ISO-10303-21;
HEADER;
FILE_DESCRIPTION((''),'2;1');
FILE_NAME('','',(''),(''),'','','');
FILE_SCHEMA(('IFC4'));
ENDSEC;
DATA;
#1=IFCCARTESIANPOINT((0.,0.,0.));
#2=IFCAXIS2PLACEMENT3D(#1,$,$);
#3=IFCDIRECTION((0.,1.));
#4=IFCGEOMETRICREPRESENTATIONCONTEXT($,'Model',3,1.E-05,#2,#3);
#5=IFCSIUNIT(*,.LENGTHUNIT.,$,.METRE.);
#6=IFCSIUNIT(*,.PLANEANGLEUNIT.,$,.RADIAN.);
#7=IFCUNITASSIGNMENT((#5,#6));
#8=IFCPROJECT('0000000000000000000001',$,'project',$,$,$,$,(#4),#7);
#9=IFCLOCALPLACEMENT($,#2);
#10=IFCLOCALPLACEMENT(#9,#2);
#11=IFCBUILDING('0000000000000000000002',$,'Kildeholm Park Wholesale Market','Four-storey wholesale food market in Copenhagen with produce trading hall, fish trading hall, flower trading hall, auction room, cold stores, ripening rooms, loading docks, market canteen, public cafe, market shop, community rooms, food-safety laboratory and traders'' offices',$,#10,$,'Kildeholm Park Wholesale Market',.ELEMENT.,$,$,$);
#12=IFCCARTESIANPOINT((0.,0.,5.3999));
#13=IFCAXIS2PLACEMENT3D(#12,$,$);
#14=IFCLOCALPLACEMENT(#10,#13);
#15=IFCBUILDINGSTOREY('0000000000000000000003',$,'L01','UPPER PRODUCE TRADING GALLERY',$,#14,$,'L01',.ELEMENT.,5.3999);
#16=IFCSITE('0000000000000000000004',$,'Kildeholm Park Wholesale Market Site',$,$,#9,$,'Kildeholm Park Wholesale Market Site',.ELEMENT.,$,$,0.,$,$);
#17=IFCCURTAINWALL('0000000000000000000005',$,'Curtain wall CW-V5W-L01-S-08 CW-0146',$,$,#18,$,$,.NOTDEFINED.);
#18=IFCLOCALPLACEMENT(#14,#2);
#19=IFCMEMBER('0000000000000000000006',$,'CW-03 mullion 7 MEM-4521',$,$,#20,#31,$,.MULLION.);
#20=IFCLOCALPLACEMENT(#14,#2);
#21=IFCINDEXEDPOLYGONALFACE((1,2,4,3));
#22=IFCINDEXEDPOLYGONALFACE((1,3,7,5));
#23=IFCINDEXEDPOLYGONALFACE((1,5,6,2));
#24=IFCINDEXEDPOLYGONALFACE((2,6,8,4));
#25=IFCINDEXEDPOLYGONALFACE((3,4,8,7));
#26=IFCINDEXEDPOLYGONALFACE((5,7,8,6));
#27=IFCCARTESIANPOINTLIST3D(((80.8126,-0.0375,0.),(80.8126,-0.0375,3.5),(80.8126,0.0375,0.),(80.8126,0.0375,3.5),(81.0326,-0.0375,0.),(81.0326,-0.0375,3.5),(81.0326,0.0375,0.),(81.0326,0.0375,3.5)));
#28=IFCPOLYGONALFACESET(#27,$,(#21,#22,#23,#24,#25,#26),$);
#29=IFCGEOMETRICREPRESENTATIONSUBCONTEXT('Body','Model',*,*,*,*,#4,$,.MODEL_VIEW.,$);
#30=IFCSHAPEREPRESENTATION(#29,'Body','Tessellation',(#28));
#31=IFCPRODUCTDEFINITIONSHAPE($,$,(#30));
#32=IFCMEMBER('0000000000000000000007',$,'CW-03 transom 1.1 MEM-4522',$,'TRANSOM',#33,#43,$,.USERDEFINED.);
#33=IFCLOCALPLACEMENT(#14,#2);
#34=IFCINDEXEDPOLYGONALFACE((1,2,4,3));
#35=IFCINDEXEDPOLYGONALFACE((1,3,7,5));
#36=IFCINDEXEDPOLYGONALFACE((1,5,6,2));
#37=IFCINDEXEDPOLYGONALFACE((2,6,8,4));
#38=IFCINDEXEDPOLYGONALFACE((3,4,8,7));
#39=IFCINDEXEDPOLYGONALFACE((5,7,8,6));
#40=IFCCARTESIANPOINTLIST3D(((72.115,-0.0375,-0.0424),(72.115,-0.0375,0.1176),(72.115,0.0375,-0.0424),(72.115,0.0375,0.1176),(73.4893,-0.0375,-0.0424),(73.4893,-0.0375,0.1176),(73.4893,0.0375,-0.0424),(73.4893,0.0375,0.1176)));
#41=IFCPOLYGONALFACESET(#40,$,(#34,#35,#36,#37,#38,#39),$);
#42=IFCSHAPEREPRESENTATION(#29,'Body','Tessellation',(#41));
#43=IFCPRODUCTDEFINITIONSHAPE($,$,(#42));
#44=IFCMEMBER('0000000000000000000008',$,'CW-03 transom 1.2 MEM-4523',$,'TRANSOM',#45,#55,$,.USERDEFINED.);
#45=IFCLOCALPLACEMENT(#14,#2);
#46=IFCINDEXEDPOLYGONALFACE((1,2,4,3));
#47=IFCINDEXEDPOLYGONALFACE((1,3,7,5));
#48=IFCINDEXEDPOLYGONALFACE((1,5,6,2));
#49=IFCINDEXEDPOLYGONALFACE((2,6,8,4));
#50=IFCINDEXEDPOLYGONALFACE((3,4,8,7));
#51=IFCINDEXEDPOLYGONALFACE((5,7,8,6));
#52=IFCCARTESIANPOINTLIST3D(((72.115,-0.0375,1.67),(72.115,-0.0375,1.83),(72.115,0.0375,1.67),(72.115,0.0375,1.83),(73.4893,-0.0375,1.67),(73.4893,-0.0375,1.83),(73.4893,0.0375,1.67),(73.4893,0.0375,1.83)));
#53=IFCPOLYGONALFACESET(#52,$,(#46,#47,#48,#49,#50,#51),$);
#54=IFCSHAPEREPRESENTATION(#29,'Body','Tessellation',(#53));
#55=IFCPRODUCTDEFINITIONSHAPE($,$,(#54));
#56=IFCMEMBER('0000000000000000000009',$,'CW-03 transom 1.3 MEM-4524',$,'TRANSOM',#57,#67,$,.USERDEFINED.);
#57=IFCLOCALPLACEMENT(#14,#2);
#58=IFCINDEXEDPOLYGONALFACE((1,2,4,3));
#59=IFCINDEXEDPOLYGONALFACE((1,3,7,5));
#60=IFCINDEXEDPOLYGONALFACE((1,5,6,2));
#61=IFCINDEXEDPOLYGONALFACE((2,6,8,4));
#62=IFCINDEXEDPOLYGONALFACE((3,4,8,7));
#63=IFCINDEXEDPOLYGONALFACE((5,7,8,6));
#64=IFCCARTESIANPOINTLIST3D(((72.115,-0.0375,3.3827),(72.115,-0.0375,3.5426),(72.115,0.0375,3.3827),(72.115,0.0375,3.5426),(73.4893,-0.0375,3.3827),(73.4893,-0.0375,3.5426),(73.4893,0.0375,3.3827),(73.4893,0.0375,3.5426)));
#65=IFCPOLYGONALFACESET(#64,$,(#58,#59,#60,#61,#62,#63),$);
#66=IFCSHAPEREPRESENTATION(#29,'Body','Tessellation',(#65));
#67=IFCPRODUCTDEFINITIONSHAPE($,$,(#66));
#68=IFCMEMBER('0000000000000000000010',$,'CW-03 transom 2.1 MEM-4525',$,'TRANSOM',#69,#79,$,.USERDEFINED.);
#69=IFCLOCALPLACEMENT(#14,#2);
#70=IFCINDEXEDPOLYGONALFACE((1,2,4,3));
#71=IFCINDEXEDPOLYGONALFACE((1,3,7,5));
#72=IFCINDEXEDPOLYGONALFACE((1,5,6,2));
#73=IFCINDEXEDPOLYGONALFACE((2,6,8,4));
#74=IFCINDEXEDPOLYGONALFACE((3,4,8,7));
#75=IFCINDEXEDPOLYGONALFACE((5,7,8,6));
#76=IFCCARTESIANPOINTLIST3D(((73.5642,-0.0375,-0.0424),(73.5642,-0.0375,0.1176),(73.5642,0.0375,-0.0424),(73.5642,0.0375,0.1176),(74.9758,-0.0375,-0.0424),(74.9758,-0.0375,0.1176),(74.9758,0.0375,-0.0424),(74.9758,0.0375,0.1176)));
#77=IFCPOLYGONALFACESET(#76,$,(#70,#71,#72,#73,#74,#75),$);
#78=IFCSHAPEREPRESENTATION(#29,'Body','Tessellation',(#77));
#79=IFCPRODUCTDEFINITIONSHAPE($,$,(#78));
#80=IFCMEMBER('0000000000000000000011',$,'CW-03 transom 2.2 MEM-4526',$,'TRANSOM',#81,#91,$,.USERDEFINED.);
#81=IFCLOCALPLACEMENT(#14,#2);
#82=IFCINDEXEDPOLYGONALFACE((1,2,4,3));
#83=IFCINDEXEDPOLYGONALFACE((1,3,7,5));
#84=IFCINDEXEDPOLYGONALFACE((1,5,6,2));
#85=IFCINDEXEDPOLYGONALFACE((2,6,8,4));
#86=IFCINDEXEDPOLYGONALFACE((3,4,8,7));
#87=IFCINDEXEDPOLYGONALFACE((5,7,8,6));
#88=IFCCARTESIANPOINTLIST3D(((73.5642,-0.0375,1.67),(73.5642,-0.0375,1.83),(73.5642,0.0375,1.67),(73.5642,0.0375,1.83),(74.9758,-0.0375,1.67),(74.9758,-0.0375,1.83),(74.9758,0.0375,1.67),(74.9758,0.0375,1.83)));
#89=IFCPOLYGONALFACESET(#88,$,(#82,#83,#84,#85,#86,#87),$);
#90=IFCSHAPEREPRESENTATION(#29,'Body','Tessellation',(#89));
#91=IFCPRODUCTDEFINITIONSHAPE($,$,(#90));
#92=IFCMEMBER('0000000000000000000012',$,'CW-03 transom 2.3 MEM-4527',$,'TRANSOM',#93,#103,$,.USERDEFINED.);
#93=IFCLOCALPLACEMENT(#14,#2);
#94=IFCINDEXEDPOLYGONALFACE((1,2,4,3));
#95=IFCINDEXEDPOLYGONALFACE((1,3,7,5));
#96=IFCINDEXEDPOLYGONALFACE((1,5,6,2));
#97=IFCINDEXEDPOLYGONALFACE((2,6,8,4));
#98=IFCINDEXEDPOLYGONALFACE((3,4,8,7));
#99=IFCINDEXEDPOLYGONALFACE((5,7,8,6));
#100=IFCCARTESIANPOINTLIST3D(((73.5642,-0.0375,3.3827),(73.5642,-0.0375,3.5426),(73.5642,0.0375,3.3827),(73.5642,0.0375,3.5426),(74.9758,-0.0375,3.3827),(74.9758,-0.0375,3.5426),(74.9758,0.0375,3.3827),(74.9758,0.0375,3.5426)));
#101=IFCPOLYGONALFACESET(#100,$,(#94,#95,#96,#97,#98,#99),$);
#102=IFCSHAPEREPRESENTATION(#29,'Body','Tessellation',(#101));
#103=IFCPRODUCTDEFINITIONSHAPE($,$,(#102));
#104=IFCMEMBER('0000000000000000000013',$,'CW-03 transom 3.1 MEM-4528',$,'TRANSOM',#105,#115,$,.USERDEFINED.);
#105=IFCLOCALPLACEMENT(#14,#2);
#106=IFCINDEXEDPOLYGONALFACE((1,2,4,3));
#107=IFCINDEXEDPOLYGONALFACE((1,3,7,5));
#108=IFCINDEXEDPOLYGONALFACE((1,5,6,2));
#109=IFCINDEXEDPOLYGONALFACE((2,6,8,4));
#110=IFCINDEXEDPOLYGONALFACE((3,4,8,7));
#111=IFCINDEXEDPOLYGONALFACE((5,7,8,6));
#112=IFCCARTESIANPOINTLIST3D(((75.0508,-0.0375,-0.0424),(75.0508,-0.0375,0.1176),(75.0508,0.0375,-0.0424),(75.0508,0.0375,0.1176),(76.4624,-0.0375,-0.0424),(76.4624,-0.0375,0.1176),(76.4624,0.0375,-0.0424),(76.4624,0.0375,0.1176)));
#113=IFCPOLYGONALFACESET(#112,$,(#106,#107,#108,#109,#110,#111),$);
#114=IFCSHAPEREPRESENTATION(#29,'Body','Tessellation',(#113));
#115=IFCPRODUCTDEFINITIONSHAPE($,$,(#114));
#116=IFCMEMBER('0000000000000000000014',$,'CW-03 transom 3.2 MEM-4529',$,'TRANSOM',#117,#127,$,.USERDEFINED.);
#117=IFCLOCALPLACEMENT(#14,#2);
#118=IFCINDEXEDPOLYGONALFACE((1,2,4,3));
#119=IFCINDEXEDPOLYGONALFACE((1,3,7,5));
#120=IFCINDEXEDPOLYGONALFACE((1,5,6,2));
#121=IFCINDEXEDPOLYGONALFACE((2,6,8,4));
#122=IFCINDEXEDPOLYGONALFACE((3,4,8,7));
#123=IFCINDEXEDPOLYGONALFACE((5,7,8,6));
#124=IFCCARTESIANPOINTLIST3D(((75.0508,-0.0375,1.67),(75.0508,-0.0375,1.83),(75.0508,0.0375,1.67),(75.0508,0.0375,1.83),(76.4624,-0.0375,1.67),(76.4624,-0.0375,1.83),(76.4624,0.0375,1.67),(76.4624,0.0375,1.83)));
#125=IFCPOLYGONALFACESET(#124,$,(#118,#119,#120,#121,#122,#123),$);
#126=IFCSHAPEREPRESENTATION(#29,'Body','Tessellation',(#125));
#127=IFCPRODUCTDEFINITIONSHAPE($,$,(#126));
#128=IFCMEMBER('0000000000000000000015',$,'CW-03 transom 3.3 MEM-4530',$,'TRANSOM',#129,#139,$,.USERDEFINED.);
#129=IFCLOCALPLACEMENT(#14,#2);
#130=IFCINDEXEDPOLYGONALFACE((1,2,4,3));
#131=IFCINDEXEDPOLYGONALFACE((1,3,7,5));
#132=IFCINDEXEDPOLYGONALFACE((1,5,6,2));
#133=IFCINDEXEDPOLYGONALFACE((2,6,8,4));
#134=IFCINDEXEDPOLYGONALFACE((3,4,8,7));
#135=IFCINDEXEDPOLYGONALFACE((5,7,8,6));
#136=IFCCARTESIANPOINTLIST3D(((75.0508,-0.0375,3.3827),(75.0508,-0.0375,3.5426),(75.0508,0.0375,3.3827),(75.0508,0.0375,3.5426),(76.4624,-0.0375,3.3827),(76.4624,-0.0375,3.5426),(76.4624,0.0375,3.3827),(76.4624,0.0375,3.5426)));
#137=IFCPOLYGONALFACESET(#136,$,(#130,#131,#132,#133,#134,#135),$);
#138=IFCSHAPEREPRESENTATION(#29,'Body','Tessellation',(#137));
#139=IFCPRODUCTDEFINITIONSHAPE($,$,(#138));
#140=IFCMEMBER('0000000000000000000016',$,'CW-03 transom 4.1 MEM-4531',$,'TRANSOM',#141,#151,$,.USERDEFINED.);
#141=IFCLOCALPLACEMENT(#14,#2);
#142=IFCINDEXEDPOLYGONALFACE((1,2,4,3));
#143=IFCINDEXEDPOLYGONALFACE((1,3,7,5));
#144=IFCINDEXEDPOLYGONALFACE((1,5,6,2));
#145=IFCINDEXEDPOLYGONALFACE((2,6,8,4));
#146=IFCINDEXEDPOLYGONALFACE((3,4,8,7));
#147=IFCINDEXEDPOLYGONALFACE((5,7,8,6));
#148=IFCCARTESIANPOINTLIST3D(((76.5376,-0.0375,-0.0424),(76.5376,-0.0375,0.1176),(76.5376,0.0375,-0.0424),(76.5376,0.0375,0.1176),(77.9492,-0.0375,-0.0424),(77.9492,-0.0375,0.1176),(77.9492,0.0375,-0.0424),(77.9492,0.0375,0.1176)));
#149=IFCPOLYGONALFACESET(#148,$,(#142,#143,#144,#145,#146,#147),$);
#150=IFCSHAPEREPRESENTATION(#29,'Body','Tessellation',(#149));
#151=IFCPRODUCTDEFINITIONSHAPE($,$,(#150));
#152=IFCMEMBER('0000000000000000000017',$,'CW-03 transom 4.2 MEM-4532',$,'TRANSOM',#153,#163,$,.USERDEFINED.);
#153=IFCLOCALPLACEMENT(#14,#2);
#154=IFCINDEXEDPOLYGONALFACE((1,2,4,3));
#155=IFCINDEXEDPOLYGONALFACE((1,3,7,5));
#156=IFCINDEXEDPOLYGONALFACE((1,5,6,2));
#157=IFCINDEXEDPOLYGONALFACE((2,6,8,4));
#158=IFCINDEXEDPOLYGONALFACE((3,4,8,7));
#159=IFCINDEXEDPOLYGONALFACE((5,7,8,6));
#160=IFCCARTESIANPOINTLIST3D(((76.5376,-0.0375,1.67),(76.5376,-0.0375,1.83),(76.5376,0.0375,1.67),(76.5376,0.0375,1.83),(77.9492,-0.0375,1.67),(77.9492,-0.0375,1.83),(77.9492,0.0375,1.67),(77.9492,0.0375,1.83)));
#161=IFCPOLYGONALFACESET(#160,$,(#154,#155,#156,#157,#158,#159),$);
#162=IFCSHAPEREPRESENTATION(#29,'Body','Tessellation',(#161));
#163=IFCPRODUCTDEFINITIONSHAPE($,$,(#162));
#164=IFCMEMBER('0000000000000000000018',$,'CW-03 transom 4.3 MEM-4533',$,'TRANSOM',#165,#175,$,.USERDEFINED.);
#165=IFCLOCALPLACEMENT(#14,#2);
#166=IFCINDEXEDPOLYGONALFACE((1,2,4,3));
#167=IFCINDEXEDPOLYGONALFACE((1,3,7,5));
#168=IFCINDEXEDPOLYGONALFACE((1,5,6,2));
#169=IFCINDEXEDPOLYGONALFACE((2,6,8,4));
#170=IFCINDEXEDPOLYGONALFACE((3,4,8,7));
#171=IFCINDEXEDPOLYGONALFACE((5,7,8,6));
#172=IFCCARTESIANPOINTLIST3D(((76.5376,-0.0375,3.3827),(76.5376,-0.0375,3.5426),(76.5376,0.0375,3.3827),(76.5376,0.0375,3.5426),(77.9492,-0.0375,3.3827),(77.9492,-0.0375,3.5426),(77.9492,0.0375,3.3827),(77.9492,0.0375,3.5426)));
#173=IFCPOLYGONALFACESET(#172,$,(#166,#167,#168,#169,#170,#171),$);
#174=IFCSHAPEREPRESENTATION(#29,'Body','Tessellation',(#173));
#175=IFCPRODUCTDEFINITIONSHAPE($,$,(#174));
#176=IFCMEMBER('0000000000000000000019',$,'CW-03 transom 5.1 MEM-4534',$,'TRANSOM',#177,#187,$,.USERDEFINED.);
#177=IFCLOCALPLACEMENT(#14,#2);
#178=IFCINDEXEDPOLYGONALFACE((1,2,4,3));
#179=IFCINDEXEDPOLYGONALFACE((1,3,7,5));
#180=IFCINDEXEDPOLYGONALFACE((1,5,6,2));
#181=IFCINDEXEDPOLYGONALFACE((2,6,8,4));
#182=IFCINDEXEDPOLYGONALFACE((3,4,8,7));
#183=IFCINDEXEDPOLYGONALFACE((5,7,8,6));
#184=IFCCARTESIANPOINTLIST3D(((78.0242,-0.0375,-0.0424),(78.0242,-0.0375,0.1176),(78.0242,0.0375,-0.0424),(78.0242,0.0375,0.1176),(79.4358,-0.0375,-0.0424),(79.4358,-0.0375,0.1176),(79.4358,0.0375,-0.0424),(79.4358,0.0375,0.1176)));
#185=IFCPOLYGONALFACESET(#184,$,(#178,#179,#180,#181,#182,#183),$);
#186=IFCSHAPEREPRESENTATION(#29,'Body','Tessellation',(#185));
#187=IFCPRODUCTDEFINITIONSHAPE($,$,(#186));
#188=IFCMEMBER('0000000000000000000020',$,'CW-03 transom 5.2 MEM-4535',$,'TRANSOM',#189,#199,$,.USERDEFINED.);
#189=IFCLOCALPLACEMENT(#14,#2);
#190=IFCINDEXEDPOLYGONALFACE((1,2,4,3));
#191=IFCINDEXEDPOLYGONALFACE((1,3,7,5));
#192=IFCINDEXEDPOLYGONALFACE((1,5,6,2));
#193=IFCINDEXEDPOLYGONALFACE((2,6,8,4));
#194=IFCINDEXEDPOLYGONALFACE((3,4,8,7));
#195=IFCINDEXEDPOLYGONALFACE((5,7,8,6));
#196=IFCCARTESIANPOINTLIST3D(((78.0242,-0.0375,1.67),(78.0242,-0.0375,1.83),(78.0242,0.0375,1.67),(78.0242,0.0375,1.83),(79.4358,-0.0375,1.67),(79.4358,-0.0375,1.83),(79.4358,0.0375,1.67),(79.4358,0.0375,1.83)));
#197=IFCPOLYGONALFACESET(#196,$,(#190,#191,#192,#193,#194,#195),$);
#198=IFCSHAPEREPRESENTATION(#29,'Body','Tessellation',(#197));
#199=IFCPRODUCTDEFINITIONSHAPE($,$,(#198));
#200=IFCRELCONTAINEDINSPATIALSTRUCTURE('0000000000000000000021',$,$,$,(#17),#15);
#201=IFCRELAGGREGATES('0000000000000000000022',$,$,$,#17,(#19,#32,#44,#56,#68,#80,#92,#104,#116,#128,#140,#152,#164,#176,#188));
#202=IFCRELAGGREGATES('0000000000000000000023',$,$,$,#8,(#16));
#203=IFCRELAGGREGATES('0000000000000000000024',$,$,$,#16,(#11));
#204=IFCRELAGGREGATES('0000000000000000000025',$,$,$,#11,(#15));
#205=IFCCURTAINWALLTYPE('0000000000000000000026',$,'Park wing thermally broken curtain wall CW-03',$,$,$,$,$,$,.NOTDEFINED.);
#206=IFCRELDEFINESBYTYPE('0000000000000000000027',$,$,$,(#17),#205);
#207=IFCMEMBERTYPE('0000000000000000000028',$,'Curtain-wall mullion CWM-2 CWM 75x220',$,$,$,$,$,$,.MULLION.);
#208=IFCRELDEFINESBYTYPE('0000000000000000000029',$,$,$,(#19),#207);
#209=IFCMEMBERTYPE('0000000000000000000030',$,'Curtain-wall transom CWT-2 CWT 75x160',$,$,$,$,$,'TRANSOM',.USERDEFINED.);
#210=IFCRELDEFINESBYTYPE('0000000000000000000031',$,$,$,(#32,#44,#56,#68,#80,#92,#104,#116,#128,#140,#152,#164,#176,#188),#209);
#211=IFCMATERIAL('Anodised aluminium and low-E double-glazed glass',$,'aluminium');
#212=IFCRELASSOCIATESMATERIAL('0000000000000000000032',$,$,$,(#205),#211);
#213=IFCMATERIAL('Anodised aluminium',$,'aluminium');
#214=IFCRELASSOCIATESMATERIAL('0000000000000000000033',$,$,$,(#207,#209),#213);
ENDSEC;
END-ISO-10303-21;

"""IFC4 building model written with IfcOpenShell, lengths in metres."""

from ifc_helpers import new_model, si_unit, direction, frame, origin, origin_2d, place, context, subcontext, project, spatial, rectangle, extrude, material, material_profile, profile_set, type_object, element, aggregate, save


model = new_model("IFC4")

# Units and contexts
model_context = context("Model", 3, precision=1e-05, world=origin(), true_north=direction((0.0, 1.0)))
body_context = subcontext(model_context, "Body", "Model", "MODEL_VIEW")
ifc_project = project(units=[si_unit("LENGTHUNIT", "METRE"), si_unit("PLANEANGLEUNIT", "RADIAN")], contexts=[model_context])

# Site, building, storey
site_placement = place(None, origin())
site = spatial("IfcSite", under=ifc_project, at=site_placement, Name="Kildeholm Park Wholesale Market Site", LongName="Kildeholm Park Wholesale Market Site", CompositionType="ELEMENT", RefElevation=0.0)
building_placement = place(site_placement, origin())
building = spatial("IfcBuilding", under=site, at=building_placement, Name="Kildeholm Park Wholesale Market", Description="Four-storey wholesale food market in Copenhagen with produce trading hall, fish trading hall, flower trading hall, auction room, cold stores, ripening rooms, loading docks, market canteen, public cafe, market shop, community rooms, food-safety laboratory and traders' offices", LongName="Kildeholm Park Wholesale Market", CompositionType="ELEMENT")
storey_placement = place(building_placement, frame((0.0, 0.0, 5.3999)))
storey = spatial("IfcBuildingStorey", under=building, at=storey_placement, Name="L01", Description="UPPER PRODUCE TRADING GALLERY", LongName="L01", CompositionType="ELEMENT", Elevation=5.3999)

# Curtain wall, members
ifc_material_1 = material(Name="Anodised aluminium and low-E double-glazed glass", Category="aluminium")
curtain_wall_type = type_object("IfcCurtainWallType", Name="Park wing thermally broken curtain wall CW-03", PredefinedType="NOTDEFINED", material=ifc_material_1)
curtain_wall_placement = place(storey_placement, origin())
curtain_wall = element("IfcCurtainWall", 1, at=curtain_wall_placement, inside=storey, type_object=curtain_wall_type, Name="Curtain wall CW-V5W-L01-S-08 CW-0146", PredefinedType="NOTDEFINED")
ifc_material_2 = material(Name="Anodised aluminium", Category="aluminium")
ifc_material_profile_1 = material_profile(ifc_material_2, rectangle(XDim=0.075, YDim=0.22, at=origin_2d()), Name="CWM 75x220")
ifc_profile_set_1 = profile_set([ifc_material_profile_1], Name="Anodised aluminium")
member_type_1 = type_object("IfcMemberType", Name="Curtain-wall mullion CWM-2 CWM 75x220", PredefinedType="MULLION", material=ifc_profile_set_1)
member_1_placement = place(storey_placement, frame((80.9226, 0.0, 0.0), z_axis=(0.0, 0.0, 1.0), x_axis=(0.0, 1.0, 0.0)))
member_1 = element("IfcMember", 2, at=member_1_placement, type_object=member_type_1, Name="CW-03 mullion 7 MEM-4521", PredefinedType="MULLION", context=body_context, shape_type="SweptSolid", body=[
    extrude(rectangle(XDim=0.075, YDim=0.22, at=origin_2d()), origin(), (0.0, 0.0, 1.0), 3.5),
])
ifc_material_profile_2 = material_profile(ifc_material_2, rectangle(XDim=0.075, YDim=0.1599, at=origin_2d()), Name="CWT 75x160")
ifc_profile_set_2 = profile_set([ifc_material_profile_2], Name="Anodised aluminium")
member_type_2 = type_object("IfcMemberType", Name="Curtain-wall transom CWT-2 CWT 75x160", ElementType="TRANSOM", PredefinedType="USERDEFINED", material=ifc_profile_set_2)
member_2_placement = place(storey_placement, frame((72.115, 0.0, 0.0376), z_axis=(1.0, 0.0, 0.0), x_axis=(0.0, 1.0, 0.0)))
member_2 = element("IfcMember", 3, at=member_2_placement, type_object=member_type_2, Name="CW-03 transom 1.1 MEM-4522", ObjectType="TRANSOM", PredefinedType="USERDEFINED", context=body_context, shape_type="SweptSolid", body=[
    extrude(rectangle(XDim=0.075, YDim=0.1599, at=origin_2d()), origin(), (0.0, 0.0, 1.0), 1.3743),
])
member_3_placement = place(storey_placement, frame((72.115, 0.0, 1.75), z_axis=(1.0, 0.0, 0.0), x_axis=(0.0, 1.0, 0.0)))
member_3 = element("IfcMember", 4, at=member_3_placement, type_object=member_type_2, Name="CW-03 transom 1.2 MEM-4523", ObjectType="TRANSOM", PredefinedType="USERDEFINED", context=body_context, shape_type="SweptSolid", body=[
    extrude(rectangle(XDim=0.075, YDim=0.1599, at=origin_2d()), origin(), (0.0, 0.0, 1.0), 1.3743),
])
member_4_placement = place(storey_placement, frame((72.115, 0.0, 3.4626), z_axis=(1.0, 0.0, 0.0), x_axis=(0.0, 1.0, 0.0)))
member_4 = element("IfcMember", 5, at=member_4_placement, type_object=member_type_2, Name="CW-03 transom 1.3 MEM-4524", ObjectType="TRANSOM", PredefinedType="USERDEFINED", context=body_context, shape_type="SweptSolid", body=[
    extrude(rectangle(XDim=0.075, YDim=0.1599, at=origin_2d()), origin(), (0.0, 0.0, 1.0), 1.3743),
])
member_5_placement = place(storey_placement, frame((73.5642, 0.0, 0.0376), z_axis=(1.0, 0.0, 0.0), x_axis=(0.0, 1.0, 0.0)))
member_5 = element("IfcMember", 6, at=member_5_placement, type_object=member_type_2, Name="CW-03 transom 2.1 MEM-4525", ObjectType="TRANSOM", PredefinedType="USERDEFINED", context=body_context, shape_type="SweptSolid", body=[
    extrude(rectangle(XDim=0.075, YDim=0.1599, at=origin_2d()), origin(), (0.0, 0.0, 1.0), 1.4116),
])
member_6_placement = place(storey_placement, frame((73.5642, 0.0, 1.75), z_axis=(1.0, 0.0, 0.0), x_axis=(0.0, 1.0, 0.0)))
member_6 = element("IfcMember", 7, at=member_6_placement, type_object=member_type_2, Name="CW-03 transom 2.2 MEM-4526", ObjectType="TRANSOM", PredefinedType="USERDEFINED", context=body_context, shape_type="SweptSolid", body=[
    extrude(rectangle(XDim=0.075, YDim=0.1599, at=origin_2d()), origin(), (0.0, 0.0, 1.0), 1.4116),
])
member_7_placement = place(storey_placement, frame((73.5642, 0.0, 3.4626), z_axis=(1.0, 0.0, 0.0), x_axis=(0.0, 1.0, 0.0)))
member_7 = element("IfcMember", 8, at=member_7_placement, type_object=member_type_2, Name="CW-03 transom 2.3 MEM-4527", ObjectType="TRANSOM", PredefinedType="USERDEFINED", context=body_context, shape_type="SweptSolid", body=[
    extrude(rectangle(XDim=0.075, YDim=0.1599, at=origin_2d()), origin(), (0.0, 0.0, 1.0), 1.4116),
])
member_8_placement = place(storey_placement, frame((75.0508, 0.0, 0.0376), z_axis=(1.0, 0.0, 0.0), x_axis=(0.0, 1.0, 0.0)))
member_8 = element("IfcMember", 9, at=member_8_placement, type_object=member_type_2, Name="CW-03 transom 3.1 MEM-4528", ObjectType="TRANSOM", PredefinedType="USERDEFINED", context=body_context, shape_type="SweptSolid", body=[
    extrude(rectangle(XDim=0.075, YDim=0.1599, at=origin_2d()), origin(), (0.0, 0.0, 1.0), 1.4116),
])
member_9_placement = place(storey_placement, frame((75.0508, 0.0, 1.75), z_axis=(1.0, 0.0, 0.0), x_axis=(0.0, 1.0, 0.0)))
member_9 = element("IfcMember", 10, at=member_9_placement, type_object=member_type_2, Name="CW-03 transom 3.2 MEM-4529", ObjectType="TRANSOM", PredefinedType="USERDEFINED", context=body_context, shape_type="SweptSolid", body=[
    extrude(rectangle(XDim=0.075, YDim=0.1599, at=origin_2d()), origin(), (0.0, 0.0, 1.0), 1.4116),
])
member_10_placement = place(storey_placement, frame((75.0508, 0.0, 3.4626), z_axis=(1.0, 0.0, 0.0), x_axis=(0.0, 1.0, 0.0)))
member_10 = element("IfcMember", 11, at=member_10_placement, type_object=member_type_2, Name="CW-03 transom 3.3 MEM-4530", ObjectType="TRANSOM", PredefinedType="USERDEFINED", context=body_context, shape_type="SweptSolid", body=[
    extrude(rectangle(XDim=0.075, YDim=0.1599, at=origin_2d()), origin(), (0.0, 0.0, 1.0), 1.4116),
])
member_11_placement = place(storey_placement, frame((76.5376, 0.0, 0.0376), z_axis=(1.0, 0.0, 0.0), x_axis=(0.0, 1.0, 0.0)))
member_11 = element("IfcMember", 12, at=member_11_placement, type_object=member_type_2, Name="CW-03 transom 4.1 MEM-4531", ObjectType="TRANSOM", PredefinedType="USERDEFINED", context=body_context, shape_type="SweptSolid", body=[
    extrude(rectangle(XDim=0.075, YDim=0.1599, at=origin_2d()), origin(), (0.0, 0.0, 1.0), 1.4116),
])
member_12_placement = place(storey_placement, frame((76.5376, 0.0, 1.75), z_axis=(1.0, 0.0, 0.0), x_axis=(0.0, 1.0, 0.0)))
member_12 = element("IfcMember", 13, at=member_12_placement, type_object=member_type_2, Name="CW-03 transom 4.2 MEM-4532", ObjectType="TRANSOM", PredefinedType="USERDEFINED", context=body_context, shape_type="SweptSolid", body=[
    extrude(rectangle(XDim=0.075, YDim=0.1599, at=origin_2d()), origin(), (0.0, 0.0, 1.0), 1.4116),
])
member_13_placement = place(storey_placement, frame((76.5376, 0.0, 3.4626), z_axis=(1.0, 0.0, 0.0), x_axis=(0.0, 1.0, 0.0)))
member_13 = element("IfcMember", 14, at=member_13_placement, type_object=member_type_2, Name="CW-03 transom 4.3 MEM-4533", ObjectType="TRANSOM", PredefinedType="USERDEFINED", context=body_context, shape_type="SweptSolid", body=[
    extrude(rectangle(XDim=0.075, YDim=0.1599, at=origin_2d()), origin(), (0.0, 0.0, 1.0), 1.4116),
])
member_14_placement = place(storey_placement, frame((78.0242, 0.0, 0.0376), z_axis=(1.0, 0.0, 0.0), x_axis=(0.0, 1.0, 0.0)))
member_14 = element("IfcMember", 15, at=member_14_placement, type_object=member_type_2, Name="CW-03 transom 5.1 MEM-4534", ObjectType="TRANSOM", PredefinedType="USERDEFINED", context=body_context, shape_type="SweptSolid", body=[
    extrude(rectangle(XDim=0.075, YDim=0.1599, at=origin_2d()), origin(), (0.0, 0.0, 1.0), 1.4116),
])
member_15_placement = place(storey_placement, frame((78.0242, 0.0, 1.75), z_axis=(1.0, 0.0, 0.0), x_axis=(0.0, 1.0, 0.0)))
member_15 = element("IfcMember", 16, at=member_15_placement, type_object=member_type_2, Name="CW-03 transom 5.2 MEM-4535", ObjectType="TRANSOM", PredefinedType="USERDEFINED", context=body_context, shape_type="SweptSolid", body=[
    extrude(rectangle(XDim=0.075, YDim=0.1599, at=origin_2d()), origin(), (0.0, 0.0, 1.0), 1.4116),
])
aggregate(curtain_wall, [member_1, member_2, member_3, member_4, member_5, member_6, member_7, member_8, member_9, member_10, member_11, member_12, member_13, member_14, member_15])

save(model, "model.ifc")
